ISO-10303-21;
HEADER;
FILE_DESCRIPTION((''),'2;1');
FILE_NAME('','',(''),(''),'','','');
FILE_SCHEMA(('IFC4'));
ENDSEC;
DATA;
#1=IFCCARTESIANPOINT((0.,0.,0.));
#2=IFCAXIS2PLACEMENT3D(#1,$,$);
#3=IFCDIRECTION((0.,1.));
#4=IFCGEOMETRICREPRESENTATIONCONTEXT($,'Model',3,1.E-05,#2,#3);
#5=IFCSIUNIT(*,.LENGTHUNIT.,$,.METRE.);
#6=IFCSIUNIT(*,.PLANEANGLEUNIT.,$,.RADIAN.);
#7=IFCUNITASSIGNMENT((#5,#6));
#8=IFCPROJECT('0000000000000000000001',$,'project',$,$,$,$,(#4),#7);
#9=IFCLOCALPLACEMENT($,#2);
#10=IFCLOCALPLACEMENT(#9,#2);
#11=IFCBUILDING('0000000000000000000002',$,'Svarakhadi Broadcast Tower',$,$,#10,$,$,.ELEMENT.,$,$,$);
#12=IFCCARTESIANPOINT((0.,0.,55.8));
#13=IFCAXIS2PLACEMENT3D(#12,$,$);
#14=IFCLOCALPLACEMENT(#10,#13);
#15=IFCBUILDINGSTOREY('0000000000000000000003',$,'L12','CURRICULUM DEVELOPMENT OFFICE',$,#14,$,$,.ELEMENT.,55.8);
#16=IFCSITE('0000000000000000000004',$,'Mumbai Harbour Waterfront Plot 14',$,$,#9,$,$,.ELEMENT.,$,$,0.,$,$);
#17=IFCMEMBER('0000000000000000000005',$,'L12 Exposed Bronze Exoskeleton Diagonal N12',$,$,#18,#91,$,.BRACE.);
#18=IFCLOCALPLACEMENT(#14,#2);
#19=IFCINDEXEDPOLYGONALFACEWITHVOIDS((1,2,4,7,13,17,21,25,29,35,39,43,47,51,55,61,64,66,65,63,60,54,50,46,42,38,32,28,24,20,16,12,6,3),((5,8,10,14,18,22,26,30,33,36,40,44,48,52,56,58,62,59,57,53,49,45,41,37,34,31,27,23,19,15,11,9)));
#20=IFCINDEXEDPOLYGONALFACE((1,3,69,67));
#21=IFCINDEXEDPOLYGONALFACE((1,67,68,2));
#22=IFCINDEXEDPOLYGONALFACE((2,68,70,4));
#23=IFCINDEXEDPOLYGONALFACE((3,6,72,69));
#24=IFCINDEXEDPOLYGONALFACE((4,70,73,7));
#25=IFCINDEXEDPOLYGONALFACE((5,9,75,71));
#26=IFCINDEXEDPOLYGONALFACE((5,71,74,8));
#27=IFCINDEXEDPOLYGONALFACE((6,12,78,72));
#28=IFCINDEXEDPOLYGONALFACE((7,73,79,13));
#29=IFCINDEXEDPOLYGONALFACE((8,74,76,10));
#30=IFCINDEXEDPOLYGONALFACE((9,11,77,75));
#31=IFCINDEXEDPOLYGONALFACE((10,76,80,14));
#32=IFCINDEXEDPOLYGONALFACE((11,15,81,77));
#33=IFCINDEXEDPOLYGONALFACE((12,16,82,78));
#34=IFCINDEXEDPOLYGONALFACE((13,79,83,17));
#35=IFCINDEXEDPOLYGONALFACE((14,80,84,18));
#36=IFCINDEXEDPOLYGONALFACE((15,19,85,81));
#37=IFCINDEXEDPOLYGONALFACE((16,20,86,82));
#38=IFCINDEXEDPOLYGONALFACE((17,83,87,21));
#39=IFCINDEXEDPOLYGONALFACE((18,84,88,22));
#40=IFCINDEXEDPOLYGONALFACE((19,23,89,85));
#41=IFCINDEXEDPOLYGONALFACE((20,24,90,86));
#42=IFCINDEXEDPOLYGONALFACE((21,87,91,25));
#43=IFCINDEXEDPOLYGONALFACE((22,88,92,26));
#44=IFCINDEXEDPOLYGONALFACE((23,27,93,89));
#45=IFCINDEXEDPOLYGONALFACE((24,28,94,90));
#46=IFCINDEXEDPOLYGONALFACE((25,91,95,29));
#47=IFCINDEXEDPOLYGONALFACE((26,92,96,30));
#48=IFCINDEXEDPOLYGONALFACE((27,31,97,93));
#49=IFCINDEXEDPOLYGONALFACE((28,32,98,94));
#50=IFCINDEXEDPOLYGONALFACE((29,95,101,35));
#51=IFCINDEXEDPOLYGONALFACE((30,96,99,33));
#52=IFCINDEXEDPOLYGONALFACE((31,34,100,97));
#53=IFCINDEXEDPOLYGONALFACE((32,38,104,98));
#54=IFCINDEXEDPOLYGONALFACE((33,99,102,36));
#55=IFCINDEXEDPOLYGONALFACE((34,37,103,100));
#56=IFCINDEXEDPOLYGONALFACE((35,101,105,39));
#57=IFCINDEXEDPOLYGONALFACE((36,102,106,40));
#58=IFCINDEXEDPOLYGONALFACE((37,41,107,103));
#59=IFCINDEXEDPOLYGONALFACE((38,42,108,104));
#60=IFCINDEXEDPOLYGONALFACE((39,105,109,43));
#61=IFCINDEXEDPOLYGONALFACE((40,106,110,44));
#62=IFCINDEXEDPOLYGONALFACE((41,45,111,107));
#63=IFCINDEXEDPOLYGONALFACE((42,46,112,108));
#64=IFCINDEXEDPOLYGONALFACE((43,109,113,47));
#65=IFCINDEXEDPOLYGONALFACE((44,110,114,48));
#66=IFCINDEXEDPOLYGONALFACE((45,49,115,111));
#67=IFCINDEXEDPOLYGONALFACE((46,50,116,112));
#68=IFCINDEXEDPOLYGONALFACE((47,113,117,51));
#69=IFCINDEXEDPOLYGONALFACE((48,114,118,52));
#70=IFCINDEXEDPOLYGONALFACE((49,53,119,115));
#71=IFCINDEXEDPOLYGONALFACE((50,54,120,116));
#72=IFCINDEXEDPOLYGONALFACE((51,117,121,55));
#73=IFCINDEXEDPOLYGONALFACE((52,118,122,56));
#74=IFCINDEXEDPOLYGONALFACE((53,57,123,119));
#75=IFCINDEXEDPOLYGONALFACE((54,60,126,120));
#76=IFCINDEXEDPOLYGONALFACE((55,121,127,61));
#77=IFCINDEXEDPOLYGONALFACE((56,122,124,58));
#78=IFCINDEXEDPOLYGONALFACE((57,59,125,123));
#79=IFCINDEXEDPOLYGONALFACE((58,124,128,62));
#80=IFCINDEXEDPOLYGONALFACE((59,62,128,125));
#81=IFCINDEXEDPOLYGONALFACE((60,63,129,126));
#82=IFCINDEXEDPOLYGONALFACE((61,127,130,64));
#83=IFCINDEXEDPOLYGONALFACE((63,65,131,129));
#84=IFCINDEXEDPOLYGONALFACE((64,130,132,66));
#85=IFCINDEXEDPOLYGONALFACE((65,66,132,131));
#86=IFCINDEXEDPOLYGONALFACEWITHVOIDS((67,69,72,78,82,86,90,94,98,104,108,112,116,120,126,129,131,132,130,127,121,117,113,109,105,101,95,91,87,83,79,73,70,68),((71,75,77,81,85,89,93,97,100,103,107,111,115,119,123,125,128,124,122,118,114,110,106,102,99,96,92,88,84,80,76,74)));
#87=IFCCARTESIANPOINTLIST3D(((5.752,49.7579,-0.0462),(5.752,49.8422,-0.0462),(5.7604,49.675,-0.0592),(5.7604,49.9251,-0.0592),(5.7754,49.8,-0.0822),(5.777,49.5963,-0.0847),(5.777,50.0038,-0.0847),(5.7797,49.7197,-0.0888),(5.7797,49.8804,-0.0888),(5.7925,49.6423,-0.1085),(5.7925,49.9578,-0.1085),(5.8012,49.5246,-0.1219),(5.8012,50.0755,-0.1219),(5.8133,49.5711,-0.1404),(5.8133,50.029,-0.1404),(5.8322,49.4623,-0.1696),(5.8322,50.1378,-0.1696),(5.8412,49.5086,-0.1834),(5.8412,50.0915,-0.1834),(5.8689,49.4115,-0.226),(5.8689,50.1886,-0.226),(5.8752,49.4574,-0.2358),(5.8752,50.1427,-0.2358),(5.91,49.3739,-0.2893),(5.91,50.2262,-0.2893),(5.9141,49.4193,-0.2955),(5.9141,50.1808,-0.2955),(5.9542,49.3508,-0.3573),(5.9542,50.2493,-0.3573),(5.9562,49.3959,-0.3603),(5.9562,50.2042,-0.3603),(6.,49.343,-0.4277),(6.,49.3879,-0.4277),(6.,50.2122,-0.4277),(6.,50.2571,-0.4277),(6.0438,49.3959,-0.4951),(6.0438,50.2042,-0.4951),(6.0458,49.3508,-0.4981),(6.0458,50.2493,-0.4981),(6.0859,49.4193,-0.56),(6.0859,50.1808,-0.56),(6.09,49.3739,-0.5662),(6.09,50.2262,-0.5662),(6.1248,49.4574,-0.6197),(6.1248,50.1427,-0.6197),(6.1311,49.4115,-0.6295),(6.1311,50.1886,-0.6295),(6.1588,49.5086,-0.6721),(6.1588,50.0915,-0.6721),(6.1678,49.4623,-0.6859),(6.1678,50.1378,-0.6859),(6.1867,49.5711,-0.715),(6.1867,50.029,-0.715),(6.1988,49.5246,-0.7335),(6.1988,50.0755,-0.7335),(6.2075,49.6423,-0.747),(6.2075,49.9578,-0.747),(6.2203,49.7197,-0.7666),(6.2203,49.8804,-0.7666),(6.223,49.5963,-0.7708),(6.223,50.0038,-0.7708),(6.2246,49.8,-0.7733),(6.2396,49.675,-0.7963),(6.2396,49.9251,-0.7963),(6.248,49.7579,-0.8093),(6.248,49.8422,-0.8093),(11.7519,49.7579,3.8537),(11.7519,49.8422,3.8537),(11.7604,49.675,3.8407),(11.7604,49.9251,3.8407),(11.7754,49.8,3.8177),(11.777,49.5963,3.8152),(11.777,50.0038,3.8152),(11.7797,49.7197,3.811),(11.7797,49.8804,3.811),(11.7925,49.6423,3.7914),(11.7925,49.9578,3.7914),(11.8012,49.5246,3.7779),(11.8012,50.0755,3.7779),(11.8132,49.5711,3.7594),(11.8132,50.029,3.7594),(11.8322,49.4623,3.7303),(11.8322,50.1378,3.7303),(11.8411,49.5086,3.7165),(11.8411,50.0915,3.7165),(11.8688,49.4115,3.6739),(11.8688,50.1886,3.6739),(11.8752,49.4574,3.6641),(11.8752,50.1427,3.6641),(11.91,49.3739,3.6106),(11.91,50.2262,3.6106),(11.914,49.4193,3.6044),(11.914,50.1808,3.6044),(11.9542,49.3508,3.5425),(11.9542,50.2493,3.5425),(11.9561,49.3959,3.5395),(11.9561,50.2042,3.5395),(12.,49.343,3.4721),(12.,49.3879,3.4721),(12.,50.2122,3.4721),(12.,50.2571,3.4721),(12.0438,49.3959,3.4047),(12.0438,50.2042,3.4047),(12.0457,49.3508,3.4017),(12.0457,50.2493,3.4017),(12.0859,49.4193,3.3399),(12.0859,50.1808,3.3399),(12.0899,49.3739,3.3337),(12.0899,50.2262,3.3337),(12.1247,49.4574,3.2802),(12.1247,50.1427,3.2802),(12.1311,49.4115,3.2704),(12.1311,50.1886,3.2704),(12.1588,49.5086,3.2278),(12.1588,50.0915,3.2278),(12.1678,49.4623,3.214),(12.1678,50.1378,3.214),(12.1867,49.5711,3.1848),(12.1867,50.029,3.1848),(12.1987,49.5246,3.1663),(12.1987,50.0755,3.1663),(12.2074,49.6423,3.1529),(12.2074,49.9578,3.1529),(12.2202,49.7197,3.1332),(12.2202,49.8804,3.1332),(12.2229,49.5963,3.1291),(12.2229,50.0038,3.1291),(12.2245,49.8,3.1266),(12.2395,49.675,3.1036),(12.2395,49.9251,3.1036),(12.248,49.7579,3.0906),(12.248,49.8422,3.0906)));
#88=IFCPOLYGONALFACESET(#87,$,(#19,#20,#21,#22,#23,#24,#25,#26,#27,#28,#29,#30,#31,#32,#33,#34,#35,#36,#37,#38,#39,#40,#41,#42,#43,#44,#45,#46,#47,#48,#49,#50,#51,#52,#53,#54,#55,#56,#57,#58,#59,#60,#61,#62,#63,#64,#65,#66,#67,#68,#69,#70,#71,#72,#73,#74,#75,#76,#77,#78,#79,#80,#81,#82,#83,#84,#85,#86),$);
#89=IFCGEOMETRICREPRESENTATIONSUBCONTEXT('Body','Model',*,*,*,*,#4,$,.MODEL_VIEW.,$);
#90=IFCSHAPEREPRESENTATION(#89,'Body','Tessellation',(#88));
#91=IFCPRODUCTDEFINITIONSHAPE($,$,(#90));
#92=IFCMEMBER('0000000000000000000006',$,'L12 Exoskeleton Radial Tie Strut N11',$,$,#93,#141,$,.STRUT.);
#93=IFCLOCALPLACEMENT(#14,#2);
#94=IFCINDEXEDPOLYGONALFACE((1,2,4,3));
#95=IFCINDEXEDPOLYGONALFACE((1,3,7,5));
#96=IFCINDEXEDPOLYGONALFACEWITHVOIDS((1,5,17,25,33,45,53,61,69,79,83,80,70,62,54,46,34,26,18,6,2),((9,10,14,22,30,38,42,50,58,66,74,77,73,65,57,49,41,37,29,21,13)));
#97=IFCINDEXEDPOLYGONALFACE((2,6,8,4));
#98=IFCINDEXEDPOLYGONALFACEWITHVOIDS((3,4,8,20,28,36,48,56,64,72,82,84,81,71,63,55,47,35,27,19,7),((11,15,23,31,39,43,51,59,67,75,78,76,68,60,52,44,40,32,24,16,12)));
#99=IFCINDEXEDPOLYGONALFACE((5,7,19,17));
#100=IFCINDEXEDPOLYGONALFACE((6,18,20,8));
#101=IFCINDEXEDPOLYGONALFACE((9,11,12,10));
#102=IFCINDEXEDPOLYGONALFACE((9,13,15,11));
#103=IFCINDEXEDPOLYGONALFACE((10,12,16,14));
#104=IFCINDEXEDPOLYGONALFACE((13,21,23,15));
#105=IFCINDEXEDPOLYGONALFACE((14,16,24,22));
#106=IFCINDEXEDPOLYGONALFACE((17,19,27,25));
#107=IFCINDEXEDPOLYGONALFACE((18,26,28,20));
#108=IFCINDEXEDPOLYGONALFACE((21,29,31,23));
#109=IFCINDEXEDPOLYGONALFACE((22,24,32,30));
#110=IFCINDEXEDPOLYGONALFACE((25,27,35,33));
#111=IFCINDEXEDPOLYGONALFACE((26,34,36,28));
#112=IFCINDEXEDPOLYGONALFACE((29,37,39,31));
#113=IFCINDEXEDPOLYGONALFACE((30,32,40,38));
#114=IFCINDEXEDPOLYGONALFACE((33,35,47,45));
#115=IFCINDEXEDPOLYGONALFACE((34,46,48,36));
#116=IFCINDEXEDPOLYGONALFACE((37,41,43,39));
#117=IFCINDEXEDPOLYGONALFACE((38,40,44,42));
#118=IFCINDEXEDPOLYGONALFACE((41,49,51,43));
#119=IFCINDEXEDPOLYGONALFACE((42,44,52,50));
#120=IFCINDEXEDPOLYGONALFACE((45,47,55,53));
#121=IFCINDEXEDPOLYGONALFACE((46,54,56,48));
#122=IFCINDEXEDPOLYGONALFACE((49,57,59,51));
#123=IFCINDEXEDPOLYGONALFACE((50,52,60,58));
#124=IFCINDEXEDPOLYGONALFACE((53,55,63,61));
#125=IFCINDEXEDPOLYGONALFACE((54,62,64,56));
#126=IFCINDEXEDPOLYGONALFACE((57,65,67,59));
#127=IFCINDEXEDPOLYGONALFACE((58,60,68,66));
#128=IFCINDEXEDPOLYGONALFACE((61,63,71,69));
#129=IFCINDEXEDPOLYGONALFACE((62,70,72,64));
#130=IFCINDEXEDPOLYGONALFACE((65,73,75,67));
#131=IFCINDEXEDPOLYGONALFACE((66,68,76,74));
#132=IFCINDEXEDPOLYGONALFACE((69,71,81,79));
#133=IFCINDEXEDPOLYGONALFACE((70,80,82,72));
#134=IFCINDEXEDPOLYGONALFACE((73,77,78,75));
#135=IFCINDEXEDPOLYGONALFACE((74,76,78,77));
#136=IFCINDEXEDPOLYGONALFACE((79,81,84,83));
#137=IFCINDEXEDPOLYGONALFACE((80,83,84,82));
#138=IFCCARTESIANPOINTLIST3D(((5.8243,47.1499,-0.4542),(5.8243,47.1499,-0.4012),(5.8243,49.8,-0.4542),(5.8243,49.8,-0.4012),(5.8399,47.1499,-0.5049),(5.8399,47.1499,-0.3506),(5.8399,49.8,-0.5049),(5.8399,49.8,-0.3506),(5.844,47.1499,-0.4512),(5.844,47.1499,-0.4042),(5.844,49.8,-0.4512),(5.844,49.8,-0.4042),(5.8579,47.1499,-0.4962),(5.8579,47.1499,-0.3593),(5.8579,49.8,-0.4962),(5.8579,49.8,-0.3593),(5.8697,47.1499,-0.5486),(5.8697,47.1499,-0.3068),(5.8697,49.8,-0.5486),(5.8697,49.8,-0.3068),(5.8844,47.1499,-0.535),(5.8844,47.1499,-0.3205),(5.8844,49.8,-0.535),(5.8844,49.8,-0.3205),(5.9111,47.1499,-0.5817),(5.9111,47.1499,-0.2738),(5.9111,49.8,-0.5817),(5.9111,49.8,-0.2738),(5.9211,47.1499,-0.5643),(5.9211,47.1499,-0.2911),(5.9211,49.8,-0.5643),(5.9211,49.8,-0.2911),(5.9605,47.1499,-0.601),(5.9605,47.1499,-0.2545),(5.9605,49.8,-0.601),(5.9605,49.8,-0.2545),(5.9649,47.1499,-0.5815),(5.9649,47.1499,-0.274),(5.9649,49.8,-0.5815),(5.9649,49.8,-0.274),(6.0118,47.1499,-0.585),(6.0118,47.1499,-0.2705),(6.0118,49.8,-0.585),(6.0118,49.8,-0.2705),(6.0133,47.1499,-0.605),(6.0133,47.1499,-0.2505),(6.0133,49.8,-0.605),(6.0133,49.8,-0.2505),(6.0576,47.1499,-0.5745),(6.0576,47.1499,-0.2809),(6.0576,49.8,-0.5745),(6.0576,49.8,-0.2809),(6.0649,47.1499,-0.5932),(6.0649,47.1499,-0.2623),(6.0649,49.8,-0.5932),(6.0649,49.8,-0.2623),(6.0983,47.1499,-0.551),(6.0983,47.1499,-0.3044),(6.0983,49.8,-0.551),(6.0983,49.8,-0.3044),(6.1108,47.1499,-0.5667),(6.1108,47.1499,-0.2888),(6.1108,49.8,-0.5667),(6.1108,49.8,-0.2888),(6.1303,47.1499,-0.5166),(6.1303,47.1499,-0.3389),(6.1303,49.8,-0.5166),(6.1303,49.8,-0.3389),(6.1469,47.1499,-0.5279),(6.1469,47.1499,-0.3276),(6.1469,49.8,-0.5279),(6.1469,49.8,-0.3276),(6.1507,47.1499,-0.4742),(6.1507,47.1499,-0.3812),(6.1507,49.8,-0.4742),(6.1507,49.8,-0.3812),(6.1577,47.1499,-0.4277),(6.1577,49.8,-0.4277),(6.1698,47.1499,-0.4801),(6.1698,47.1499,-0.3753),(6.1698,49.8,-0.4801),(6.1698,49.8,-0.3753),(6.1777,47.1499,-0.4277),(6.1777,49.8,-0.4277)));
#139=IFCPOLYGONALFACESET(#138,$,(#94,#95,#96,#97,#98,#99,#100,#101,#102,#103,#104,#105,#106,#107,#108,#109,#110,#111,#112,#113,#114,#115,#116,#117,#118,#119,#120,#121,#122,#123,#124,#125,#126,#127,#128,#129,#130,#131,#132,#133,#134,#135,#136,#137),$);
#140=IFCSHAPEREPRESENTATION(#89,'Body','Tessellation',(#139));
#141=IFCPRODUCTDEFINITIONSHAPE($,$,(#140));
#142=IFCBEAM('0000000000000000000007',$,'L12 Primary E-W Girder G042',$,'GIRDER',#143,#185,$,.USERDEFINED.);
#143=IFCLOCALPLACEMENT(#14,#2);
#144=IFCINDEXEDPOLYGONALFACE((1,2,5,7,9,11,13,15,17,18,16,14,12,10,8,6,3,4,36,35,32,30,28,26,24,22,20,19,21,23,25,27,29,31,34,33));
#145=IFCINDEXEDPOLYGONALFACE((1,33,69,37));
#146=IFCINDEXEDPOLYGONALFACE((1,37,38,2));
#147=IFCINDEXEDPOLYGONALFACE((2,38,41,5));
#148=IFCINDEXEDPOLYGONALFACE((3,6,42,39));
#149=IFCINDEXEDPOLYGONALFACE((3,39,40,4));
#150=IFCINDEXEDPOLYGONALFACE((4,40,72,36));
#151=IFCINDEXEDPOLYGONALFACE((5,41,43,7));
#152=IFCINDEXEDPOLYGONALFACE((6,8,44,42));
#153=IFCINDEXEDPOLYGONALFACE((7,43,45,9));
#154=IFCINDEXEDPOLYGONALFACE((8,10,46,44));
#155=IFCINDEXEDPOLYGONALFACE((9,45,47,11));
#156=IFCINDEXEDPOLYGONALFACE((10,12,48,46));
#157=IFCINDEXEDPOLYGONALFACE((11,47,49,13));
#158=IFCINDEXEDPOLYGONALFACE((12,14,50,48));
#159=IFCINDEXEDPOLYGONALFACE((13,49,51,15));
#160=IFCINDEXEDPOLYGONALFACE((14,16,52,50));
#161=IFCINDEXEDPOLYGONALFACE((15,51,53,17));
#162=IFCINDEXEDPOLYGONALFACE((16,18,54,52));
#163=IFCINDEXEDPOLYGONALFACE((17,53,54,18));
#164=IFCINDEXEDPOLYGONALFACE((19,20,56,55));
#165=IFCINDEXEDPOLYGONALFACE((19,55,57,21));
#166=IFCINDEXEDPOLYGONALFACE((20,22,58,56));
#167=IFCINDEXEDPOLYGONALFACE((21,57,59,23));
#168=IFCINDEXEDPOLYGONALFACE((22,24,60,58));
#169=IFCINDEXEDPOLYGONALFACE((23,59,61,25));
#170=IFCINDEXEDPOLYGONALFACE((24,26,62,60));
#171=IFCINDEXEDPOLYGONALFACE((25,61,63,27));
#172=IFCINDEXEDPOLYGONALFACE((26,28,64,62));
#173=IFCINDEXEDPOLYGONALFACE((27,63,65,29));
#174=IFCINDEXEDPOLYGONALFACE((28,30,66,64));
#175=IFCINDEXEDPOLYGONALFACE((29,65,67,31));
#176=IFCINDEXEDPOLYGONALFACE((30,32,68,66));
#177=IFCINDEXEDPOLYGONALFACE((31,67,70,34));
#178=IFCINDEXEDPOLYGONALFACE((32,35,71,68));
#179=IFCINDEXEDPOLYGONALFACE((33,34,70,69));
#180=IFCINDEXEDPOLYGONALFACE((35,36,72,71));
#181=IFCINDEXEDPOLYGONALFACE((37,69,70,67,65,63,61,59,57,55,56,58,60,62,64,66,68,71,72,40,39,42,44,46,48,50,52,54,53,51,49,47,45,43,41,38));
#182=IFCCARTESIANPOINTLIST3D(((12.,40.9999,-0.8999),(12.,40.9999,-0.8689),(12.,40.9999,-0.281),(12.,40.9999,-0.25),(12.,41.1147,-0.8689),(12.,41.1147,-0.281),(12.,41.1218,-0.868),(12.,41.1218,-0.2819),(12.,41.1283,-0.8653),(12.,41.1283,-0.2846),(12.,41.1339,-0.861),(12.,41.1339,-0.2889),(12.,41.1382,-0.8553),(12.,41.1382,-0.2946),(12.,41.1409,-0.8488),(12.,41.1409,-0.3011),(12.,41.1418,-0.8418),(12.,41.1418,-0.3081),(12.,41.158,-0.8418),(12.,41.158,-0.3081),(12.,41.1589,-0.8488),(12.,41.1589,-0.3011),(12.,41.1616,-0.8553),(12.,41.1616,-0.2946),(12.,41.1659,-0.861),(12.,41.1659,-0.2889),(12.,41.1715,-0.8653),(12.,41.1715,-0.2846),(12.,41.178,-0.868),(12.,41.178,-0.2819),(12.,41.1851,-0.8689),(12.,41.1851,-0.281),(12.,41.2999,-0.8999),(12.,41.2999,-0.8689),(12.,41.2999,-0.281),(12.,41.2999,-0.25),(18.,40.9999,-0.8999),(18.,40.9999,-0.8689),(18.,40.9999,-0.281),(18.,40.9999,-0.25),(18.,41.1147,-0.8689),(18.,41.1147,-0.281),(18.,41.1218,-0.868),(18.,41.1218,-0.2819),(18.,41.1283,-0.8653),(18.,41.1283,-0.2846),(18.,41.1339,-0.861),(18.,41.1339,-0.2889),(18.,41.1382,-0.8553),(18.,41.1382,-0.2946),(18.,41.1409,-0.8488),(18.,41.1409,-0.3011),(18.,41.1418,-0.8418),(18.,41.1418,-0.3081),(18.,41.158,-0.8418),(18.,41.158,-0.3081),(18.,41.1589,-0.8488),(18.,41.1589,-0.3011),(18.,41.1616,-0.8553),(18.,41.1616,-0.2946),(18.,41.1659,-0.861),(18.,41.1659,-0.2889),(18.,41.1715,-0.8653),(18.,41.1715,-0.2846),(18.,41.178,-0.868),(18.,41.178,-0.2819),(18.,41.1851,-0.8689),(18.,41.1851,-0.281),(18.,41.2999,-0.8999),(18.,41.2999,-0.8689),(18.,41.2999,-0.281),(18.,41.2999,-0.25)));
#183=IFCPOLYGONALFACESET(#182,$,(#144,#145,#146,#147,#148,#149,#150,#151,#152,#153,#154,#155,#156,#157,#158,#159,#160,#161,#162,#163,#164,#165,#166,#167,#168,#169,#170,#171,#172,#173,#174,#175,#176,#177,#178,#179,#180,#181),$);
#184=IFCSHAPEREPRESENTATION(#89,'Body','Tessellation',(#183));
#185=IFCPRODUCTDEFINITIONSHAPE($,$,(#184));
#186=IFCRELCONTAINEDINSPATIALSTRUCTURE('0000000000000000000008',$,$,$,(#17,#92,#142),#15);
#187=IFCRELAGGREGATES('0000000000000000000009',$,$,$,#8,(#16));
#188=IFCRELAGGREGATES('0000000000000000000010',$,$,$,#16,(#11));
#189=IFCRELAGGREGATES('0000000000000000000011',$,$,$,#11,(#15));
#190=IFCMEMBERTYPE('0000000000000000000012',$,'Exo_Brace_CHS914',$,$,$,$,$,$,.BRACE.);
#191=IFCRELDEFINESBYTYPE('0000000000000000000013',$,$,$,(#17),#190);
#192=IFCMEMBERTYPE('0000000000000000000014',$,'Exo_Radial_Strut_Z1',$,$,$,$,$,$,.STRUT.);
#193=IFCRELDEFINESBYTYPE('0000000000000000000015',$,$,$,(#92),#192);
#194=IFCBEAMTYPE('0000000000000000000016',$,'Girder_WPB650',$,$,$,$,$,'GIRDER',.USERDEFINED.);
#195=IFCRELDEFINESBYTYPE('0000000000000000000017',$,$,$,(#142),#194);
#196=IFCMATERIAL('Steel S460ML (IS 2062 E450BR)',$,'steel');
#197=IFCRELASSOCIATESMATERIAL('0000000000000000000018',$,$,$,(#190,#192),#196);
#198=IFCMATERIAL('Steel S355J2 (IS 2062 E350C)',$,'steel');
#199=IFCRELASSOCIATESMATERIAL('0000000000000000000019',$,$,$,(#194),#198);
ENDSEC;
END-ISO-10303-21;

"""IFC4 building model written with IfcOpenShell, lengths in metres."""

from ifc_helpers import new_model, si_unit, direction, frame, origin, origin_2d, place, context, subcontext, project, spatial, hollow_circle, i_section, extrude, material, material_profile, profile_set, type_object, element, save


model = new_model("IFC4")

# Units and contexts
model_context = context("Model", 3, precision=1e-05, world=origin(), true_north=direction((0.0, 1.0)))
body_context = subcontext(model_context, "Body", "Model", "MODEL_VIEW")
ifc_project = project(units=[si_unit("LENGTHUNIT", "METRE"), si_unit("PLANEANGLEUNIT", "RADIAN")], contexts=[model_context])

# Site, building, storey
site_placement = place(None, origin())
site = spatial("IfcSite", under=ifc_project, at=site_placement, Name="Mumbai Harbour Waterfront Plot 14", CompositionType="ELEMENT", RefElevation=0.0)
building_placement = place(site_placement, origin())
building = spatial("IfcBuilding", under=site, at=building_placement, Name="Svarakhadi Broadcast Tower", CompositionType="ELEMENT")
storey_placement = place(building_placement, frame((0.0, 0.0, 55.8)))
storey = spatial("IfcBuildingStorey", under=building, at=storey_placement, Name="L12", Description="CURRICULUM DEVELOPMENT OFFICE", CompositionType="ELEMENT", Elevation=55.8)

# Shared definitions
ifc_material_1 = material(Name="Steel S460ML (IS 2062 E450BR)", Category="steel")

# Shared definitions
ifc_material_2 = material(Name="Steel S355J2 (IS 2062 E350C)", Category="steel")

# Members
ifc_material_profile_1 = material_profile(ifc_material_1, hollow_circle(Radius=0.457, WallThickness=0.0449, at=origin_2d()), Name="CHS 914x45")
ifc_profile_set_1 = profile_set([ifc_material_profile_1], Name="Steel S460ML (IS 2062 E450BR)")
member_type_1 = type_object("IfcMemberType", Name="Exo_Brace_CHS914", PredefinedType="BRACE", material=ifc_profile_set_1)
member_1_placement = place(storey_placement, frame((6.0, 49.8, -0.4277), z_axis=(0.83845, 0.0, 0.544979), x_axis=(0.0, 1.0, 0.0)))
element("IfcMember", 1, at=member_1_placement, inside=storey, type_object=member_type_1, Name="L12 Exposed Bronze Exoskeleton Diagonal N12", PredefinedType="BRACE", context=body_context, shape_type="SweptSolid", body=[
    extrude(hollow_circle(Radius=0.457, WallThickness=0.0449, at=origin_2d()), origin(), (0.0, 0.0, 1.0), 7.156),
])
ifc_material_profile_2 = material_profile(ifc_material_1, hollow_circle(Radius=0.1777, WallThickness=0.02, at=origin_2d()), Name="CHS 355.6x20")
ifc_profile_set_2 = profile_set([ifc_material_profile_2], Name="Steel S460ML (IS 2062 E450BR)")
member_type_2 = type_object("IfcMemberType", Name="Exo_Radial_Strut_Z1", PredefinedType="STRUT", material=ifc_profile_set_2)
member_2_placement = place(storey_placement, frame((6.0, 49.8, -0.4277), z_axis=(0.0, -1.0, 0.0), x_axis=(1.0, 0.0, 0.0)))
element("IfcMember", 2, at=member_2_placement, inside=storey, type_object=member_type_2, Name="L12 Exoskeleton Radial Tie Strut N11", PredefinedType="STRUT", context=body_context, shape_type="SweptSolid", body=[
    extrude(hollow_circle(Radius=0.1777, WallThickness=0.02, at=origin_2d()), origin(), (0.0, 0.0, 1.0), 2.6501),
])

# Beam
ifc_material_profile_3 = material_profile(ifc_material_2, i_section(OverallWidth=0.3, OverallDepth=0.6499, WebThickness=0.0161, FlangeThickness=0.031, FilletRadius=0.0271, at=origin_2d()), Name="WPB 650x300x225")
ifc_profile_set_3 = profile_set([ifc_material_profile_3], Name="Steel S355J2 (IS 2062 E350C)")
beam_type_1 = type_object("IfcBeamType", Name="Girder_WPB650", ElementType="GIRDER", PredefinedType="USERDEFINED", material=ifc_profile_set_3)
for number, where, z_axis, x_axis, name in (
    (3, (12.0, 41.1499, -0.575), (1.0, 0.0, 0.0), (0.0, 1.0, 0.0), "L12 Primary E-W Girder G042"),
):
    element("IfcBeam", number, at=place(storey_placement, frame(where, z_axis=z_axis, x_axis=x_axis)), inside=storey, type_object=beam_type_1, Name=name, ObjectType="GIRDER", PredefinedType="USERDEFINED", context=body_context, shape_type="SweptSolid", body=[
        extrude(i_section(OverallWidth=0.3, OverallDepth=0.6499, WebThickness=0.0161, FlangeThickness=0.031, FilletRadius=0.0271, at=origin_2d()), origin(), (0.0, 0.0, 1.0), 6.0),
    ])

save(model, "model.ifc")
